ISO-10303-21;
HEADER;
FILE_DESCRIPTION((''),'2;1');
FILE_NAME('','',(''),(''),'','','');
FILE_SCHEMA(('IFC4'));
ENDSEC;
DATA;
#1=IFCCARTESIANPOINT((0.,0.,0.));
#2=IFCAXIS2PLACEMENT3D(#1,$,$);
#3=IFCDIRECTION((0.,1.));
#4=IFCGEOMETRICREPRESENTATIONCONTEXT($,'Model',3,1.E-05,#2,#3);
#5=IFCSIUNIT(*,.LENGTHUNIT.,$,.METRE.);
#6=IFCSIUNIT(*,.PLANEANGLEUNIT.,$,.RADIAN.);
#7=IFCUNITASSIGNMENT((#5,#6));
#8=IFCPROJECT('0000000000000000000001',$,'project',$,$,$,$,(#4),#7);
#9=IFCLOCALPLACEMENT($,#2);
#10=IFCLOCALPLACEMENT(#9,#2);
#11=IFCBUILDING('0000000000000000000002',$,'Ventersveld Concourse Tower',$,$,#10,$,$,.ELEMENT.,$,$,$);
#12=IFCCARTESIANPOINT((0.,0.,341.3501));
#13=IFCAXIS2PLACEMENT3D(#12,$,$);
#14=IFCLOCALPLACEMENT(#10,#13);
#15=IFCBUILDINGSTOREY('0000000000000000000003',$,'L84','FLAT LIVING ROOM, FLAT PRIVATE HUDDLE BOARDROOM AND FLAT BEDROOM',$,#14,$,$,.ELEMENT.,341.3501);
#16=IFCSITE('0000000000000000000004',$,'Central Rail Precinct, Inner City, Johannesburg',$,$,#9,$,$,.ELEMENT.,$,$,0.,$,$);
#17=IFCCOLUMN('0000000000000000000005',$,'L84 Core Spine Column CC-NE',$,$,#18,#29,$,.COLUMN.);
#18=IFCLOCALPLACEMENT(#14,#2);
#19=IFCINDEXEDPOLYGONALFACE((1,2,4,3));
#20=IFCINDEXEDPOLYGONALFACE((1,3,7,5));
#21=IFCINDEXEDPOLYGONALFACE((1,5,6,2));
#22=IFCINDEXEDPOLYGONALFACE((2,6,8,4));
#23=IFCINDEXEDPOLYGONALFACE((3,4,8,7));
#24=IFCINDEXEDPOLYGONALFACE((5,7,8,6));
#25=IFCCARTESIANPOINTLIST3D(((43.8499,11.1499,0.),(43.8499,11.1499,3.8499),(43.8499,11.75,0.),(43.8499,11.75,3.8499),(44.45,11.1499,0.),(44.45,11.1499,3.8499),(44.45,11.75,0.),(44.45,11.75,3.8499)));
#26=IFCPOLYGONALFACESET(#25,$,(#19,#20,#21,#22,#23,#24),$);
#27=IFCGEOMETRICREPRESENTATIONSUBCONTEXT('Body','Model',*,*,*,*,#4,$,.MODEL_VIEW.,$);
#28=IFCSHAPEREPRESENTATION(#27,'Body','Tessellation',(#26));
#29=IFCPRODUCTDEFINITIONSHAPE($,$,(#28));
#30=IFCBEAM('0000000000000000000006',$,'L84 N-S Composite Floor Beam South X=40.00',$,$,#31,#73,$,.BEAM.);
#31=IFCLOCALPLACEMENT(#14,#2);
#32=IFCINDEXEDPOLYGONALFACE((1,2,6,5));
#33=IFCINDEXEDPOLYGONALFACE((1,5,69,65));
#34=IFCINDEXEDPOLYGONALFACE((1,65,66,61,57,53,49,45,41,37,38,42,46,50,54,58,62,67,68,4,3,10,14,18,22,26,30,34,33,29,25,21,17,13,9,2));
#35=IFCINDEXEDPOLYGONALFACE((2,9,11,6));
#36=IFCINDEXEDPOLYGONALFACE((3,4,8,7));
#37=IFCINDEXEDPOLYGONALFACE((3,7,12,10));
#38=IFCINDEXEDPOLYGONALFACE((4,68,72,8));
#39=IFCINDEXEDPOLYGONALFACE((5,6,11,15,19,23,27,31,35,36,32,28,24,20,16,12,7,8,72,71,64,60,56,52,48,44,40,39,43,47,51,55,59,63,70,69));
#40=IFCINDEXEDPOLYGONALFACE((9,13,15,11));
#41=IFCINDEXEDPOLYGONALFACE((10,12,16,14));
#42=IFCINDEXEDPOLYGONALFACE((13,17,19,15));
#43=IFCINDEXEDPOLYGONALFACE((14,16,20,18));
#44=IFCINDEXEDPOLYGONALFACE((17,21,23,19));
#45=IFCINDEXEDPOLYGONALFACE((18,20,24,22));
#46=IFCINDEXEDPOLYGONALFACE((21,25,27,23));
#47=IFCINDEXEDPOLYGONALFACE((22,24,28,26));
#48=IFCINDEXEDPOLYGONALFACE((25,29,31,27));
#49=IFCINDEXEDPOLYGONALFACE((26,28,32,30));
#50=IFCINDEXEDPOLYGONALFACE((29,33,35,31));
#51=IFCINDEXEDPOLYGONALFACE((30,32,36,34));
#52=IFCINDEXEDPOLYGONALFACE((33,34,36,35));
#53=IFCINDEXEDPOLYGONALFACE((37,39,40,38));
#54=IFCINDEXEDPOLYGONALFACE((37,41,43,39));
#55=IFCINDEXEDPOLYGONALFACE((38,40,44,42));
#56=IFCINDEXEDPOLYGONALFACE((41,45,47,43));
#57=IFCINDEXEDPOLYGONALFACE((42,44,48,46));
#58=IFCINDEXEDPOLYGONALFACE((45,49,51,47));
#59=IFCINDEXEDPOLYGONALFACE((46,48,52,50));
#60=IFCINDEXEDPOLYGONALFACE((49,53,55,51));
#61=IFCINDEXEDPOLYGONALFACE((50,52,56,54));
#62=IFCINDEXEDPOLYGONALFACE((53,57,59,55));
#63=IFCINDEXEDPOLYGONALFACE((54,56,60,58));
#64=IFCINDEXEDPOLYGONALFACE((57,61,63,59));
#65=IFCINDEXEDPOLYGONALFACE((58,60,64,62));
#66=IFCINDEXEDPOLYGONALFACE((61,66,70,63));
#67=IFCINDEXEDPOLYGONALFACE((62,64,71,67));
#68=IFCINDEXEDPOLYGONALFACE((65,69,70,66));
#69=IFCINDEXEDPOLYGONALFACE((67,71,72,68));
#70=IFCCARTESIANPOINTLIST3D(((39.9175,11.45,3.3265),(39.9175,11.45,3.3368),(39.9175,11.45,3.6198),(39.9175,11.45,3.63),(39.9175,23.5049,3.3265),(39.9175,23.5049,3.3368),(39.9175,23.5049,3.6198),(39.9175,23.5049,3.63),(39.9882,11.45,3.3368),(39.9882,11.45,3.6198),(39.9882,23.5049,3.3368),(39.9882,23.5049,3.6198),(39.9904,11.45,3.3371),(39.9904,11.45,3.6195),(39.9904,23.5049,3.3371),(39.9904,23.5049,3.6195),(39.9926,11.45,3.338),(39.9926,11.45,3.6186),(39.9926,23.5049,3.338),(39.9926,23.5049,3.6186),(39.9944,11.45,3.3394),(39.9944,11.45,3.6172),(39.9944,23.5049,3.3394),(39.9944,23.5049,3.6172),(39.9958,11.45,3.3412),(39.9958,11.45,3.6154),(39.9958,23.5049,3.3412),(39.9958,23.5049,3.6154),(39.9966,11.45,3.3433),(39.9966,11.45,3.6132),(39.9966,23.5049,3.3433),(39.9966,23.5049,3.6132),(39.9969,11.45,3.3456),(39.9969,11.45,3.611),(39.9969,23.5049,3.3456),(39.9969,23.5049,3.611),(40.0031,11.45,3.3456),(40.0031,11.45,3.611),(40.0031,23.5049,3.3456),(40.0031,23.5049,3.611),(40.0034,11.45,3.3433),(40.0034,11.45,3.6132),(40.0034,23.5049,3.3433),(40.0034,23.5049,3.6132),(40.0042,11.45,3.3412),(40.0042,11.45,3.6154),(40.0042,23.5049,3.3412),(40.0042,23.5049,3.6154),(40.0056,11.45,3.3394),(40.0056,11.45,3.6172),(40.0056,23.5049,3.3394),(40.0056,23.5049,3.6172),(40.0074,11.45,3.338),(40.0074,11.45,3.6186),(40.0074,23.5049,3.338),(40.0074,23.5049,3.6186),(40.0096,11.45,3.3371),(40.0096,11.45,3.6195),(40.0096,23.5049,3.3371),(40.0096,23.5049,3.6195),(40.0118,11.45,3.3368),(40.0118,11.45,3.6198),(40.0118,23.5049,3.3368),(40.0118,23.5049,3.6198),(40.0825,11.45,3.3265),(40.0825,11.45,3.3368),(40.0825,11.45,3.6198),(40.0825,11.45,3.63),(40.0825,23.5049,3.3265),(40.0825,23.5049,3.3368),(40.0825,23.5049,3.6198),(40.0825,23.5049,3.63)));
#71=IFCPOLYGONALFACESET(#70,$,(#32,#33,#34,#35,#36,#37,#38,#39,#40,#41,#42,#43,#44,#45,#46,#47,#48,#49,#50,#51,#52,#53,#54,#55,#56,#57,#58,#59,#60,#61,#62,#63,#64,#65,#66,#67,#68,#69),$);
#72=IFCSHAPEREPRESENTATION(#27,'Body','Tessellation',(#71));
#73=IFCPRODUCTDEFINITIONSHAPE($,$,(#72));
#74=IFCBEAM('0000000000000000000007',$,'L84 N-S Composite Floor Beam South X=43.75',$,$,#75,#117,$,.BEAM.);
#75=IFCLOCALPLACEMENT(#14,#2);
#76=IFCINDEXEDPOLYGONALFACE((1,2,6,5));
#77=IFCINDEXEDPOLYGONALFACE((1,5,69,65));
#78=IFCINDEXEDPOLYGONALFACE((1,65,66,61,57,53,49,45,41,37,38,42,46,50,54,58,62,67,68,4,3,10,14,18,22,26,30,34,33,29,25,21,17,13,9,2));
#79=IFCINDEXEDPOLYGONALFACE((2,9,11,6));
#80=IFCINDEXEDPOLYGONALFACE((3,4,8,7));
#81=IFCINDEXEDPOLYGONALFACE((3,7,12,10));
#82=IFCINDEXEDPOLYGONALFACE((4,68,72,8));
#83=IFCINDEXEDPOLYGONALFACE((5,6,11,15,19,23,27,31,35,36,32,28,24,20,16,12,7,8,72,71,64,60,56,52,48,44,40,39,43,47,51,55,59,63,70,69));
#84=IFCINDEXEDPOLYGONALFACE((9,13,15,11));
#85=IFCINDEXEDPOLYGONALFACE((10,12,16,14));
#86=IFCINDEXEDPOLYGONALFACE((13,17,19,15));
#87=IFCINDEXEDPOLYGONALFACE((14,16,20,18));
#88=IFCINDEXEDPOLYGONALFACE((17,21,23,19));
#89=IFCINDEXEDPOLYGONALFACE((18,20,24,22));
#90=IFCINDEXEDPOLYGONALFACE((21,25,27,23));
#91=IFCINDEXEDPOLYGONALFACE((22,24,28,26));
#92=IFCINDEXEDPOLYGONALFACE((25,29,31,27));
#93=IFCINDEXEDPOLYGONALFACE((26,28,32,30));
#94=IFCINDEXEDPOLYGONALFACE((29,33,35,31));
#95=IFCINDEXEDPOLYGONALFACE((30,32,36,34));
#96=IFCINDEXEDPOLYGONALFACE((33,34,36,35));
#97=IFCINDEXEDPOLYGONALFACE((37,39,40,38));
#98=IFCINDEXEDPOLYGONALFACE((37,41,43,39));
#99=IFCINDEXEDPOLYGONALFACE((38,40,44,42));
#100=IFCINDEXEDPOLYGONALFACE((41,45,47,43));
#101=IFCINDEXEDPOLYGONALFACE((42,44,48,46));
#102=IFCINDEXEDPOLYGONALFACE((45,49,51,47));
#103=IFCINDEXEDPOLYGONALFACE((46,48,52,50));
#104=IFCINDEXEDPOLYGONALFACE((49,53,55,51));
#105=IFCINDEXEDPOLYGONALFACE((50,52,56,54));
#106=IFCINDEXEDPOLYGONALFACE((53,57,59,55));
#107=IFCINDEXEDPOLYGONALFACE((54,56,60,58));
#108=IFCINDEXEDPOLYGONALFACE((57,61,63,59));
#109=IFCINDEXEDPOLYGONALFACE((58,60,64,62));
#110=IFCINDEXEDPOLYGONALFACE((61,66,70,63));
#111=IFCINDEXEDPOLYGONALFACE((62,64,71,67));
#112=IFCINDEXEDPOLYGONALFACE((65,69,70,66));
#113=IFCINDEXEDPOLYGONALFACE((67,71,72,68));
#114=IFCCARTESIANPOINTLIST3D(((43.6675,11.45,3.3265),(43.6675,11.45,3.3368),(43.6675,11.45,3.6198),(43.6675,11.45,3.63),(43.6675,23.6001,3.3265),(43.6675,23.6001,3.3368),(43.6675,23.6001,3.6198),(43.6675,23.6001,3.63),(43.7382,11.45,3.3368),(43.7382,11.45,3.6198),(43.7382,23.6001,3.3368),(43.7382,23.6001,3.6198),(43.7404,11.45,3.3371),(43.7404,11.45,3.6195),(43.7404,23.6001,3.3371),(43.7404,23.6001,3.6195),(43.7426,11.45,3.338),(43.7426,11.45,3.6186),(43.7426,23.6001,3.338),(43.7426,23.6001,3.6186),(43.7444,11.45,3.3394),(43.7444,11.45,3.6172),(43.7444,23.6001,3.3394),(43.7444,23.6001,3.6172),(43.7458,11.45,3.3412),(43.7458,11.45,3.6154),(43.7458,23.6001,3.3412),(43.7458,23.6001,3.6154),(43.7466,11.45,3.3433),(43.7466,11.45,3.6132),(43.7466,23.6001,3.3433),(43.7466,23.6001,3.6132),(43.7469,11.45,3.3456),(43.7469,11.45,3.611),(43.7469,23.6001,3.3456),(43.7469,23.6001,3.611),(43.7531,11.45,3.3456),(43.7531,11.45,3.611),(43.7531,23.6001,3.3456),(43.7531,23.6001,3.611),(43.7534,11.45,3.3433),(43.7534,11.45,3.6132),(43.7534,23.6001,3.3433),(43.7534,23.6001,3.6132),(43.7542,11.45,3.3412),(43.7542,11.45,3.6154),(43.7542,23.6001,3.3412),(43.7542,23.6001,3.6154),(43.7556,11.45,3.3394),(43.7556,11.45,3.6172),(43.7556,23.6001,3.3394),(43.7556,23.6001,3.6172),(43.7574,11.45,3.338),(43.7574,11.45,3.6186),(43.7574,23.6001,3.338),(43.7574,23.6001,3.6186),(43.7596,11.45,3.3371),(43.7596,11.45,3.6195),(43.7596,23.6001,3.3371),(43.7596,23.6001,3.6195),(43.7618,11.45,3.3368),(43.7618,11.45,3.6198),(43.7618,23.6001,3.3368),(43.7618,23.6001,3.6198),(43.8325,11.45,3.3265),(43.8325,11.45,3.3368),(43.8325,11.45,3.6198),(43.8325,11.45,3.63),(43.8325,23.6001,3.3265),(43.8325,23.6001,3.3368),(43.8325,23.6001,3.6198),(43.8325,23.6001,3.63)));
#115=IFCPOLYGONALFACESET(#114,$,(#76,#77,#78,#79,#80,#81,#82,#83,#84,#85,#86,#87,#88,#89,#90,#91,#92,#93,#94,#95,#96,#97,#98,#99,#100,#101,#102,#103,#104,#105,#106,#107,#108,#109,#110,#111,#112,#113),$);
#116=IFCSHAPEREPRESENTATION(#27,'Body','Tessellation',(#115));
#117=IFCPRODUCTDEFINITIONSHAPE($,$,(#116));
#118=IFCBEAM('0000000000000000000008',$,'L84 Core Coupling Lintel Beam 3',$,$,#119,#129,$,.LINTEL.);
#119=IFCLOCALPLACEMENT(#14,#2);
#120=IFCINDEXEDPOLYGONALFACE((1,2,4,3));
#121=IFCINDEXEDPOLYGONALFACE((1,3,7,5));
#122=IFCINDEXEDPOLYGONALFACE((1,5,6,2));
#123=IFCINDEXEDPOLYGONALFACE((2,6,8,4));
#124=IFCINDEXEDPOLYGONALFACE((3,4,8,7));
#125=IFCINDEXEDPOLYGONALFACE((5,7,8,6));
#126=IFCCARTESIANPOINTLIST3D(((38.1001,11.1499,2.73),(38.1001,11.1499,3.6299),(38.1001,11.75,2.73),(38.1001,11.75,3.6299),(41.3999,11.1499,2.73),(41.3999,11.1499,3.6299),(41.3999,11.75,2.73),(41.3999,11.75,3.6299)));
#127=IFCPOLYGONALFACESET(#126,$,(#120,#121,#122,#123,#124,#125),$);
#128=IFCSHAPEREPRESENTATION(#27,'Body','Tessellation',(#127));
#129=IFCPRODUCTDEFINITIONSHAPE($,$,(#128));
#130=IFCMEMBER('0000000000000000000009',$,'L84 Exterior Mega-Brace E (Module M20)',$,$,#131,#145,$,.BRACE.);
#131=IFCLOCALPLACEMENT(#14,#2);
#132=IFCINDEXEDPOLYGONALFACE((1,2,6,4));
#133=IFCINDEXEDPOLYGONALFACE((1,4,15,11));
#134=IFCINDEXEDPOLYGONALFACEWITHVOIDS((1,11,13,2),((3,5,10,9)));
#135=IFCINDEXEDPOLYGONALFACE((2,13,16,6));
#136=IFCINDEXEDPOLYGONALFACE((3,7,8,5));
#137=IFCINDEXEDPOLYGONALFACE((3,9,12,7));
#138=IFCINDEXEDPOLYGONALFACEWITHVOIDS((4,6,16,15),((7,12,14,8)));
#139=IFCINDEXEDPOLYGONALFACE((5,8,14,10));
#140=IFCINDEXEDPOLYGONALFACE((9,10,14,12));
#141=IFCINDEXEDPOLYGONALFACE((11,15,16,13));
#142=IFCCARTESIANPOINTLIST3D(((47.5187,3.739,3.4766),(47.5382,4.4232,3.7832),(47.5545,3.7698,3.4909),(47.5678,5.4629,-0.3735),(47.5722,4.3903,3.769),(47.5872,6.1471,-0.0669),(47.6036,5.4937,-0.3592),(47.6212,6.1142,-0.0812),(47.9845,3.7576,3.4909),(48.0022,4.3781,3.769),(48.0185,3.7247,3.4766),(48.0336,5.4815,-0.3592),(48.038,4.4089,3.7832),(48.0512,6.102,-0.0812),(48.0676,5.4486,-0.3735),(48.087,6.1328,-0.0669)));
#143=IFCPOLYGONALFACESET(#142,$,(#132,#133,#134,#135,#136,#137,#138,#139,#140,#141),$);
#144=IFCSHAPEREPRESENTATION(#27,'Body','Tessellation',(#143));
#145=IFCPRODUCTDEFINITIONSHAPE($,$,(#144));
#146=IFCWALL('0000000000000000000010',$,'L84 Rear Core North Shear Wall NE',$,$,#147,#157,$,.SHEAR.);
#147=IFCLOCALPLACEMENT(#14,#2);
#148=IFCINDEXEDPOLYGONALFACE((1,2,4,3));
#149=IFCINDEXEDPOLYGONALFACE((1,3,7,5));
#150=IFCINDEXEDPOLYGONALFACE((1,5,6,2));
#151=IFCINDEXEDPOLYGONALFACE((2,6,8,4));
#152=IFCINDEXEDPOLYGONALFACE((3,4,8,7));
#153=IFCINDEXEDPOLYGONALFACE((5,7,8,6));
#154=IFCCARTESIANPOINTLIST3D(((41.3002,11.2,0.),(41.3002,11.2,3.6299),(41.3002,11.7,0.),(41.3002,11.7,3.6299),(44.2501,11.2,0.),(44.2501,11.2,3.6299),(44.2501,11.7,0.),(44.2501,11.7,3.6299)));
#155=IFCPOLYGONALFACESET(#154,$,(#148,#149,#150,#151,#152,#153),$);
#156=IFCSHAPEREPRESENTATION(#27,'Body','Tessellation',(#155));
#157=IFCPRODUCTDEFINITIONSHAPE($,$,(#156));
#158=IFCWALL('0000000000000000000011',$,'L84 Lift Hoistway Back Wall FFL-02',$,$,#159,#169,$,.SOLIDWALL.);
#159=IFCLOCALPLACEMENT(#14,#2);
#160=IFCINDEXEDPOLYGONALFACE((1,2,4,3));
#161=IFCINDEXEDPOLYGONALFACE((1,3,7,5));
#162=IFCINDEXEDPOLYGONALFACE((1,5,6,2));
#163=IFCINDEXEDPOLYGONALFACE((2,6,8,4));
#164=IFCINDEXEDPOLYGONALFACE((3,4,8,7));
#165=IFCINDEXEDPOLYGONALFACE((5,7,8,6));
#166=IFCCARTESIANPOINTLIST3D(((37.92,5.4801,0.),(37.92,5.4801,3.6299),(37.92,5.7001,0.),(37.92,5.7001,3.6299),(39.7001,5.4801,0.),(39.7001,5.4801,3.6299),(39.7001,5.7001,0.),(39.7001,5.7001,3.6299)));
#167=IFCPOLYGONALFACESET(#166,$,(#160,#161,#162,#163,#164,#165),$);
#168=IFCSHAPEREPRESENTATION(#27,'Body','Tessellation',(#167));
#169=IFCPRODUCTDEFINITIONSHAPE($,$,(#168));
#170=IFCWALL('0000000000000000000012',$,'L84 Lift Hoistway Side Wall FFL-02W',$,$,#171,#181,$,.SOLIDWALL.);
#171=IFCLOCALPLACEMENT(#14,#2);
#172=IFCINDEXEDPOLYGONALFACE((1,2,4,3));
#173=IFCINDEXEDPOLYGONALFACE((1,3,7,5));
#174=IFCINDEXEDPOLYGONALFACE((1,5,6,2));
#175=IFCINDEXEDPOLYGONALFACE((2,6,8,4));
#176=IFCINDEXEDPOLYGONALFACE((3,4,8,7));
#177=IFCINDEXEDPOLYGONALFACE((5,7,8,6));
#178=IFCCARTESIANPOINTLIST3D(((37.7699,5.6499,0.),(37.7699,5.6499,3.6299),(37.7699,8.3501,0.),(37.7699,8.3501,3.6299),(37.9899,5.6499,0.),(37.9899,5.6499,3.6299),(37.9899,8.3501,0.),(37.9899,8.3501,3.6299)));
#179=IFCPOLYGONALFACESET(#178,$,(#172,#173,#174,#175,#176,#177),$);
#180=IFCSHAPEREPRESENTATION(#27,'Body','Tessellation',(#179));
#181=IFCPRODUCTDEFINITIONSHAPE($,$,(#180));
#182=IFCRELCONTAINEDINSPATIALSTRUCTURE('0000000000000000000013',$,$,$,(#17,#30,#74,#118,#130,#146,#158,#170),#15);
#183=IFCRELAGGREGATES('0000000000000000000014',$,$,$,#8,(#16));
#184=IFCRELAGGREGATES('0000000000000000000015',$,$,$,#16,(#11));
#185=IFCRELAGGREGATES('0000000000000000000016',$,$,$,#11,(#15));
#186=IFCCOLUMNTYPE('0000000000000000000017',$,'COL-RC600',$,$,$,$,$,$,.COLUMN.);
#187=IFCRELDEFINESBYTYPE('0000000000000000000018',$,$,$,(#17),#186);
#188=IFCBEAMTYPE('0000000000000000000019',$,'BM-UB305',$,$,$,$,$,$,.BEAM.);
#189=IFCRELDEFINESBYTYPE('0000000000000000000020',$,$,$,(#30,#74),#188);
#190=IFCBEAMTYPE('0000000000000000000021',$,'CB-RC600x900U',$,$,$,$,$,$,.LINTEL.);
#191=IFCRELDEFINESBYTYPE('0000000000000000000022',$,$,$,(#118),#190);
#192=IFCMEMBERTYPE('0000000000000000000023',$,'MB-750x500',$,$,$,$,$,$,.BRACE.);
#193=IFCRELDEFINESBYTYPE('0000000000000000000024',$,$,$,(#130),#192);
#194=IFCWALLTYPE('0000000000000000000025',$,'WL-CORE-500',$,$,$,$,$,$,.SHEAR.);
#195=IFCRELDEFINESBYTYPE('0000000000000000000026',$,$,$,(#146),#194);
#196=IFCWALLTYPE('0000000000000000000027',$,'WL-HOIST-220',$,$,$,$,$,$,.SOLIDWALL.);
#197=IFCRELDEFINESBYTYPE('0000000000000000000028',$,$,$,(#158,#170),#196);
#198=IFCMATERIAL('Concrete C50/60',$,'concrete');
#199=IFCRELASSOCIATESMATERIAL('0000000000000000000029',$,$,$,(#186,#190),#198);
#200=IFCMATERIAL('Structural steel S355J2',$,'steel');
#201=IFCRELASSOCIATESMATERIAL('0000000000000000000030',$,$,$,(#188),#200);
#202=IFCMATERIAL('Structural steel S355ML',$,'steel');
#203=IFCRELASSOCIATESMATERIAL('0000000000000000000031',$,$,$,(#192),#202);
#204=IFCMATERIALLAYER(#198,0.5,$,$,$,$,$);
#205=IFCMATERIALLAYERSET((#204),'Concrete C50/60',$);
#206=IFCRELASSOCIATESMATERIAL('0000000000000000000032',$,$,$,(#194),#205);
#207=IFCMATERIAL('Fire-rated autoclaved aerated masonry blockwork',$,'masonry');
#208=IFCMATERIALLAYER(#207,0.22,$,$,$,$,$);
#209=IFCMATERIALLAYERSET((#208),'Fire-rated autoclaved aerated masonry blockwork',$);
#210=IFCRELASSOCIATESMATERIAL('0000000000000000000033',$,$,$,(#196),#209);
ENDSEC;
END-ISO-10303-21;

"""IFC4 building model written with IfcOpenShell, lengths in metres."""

from ifc_helpers import new_model, si_unit, direction, frame, frame_2d, origin, origin_2d, place, context, subcontext, project, spatial, rectangle, hollow_rectangle, i_section, extrude, material, layer, layer_set, material_profile, profile_set, type_object, element, save


model = new_model("IFC4")

# Units and contexts
model_context = context("Model", 3, precision=1e-05, world=origin(), true_north=direction((0.0, 1.0)))
body_context = subcontext(model_context, "Body", "Model", "MODEL_VIEW")
ifc_project = project(units=[si_unit("LENGTHUNIT", "METRE"), si_unit("PLANEANGLEUNIT", "RADIAN")], contexts=[model_context])

# Site, building, storey
site_placement = place(None, origin())
site = spatial("IfcSite", under=ifc_project, at=site_placement, Name="Central Rail Precinct, Inner City, Johannesburg", CompositionType="ELEMENT", RefElevation=0.0)
building_placement = place(site_placement, origin())
building = spatial("IfcBuilding", under=site, at=building_placement, Name="Ventersveld Concourse Tower", CompositionType="ELEMENT")
storey_placement = place(building_placement, frame((0.0, 0.0, 341.3501)))
storey = spatial("IfcBuildingStorey", under=building, at=storey_placement, Name="L84", Description="FLAT LIVING ROOM, FLAT PRIVATE HUDDLE BOARDROOM AND FLAT BEDROOM", CompositionType="ELEMENT", Elevation=341.3501)

# Column
ifc_material_1 = material(Name="Concrete C50/60", Category="concrete")
ifc_material_profile_1 = material_profile(ifc_material_1, rectangle(XDim=0.6001, YDim=0.6001, at=origin_2d()), Name="RC 600x600")
ifc_profile_set_1 = profile_set([ifc_material_profile_1], Name="Concrete C50/60")
column_type = type_object("IfcColumnType", Name="COL-RC600", PredefinedType="COLUMN", material=ifc_profile_set_1)
column_placement = place(storey_placement, frame((44.1499, 11.45, 0.0), z_axis=(0.0, 0.0, 1.0), x_axis=(1.0, 0.0, 0.0)))
element("IfcColumn", 1, at=column_placement, inside=storey, type_object=column_type, Name="L84 Core Spine Column CC-NE", PredefinedType="COLUMN", context=body_context, shape_type="SweptSolid", body=[
    extrude(rectangle(XDim=0.6001, YDim=0.6001, at=origin_2d()), origin(), (0.0, 0.0, 1.0), 3.8499),
])

# Beams
ifc_material_2 = material(Name="Structural steel S355J2", Category="steel")
ifc_material_profile_2 = material_profile(ifc_material_2, i_section(OverallWidth=0.165, OverallDepth=0.3035, WebThickness=0.0061, FlangeThickness=0.0103, FilletRadius=0.0088, at=origin_2d()), Name="UB 305x165x40")
ifc_profile_set_2 = profile_set([ifc_material_profile_2], Name="Structural steel S355J2")
beam_type_1 = type_object("IfcBeamType", Name="BM-UB305", PredefinedType="BEAM", material=ifc_profile_set_2)
beam_1_placement = place(storey_placement, frame((40.0, 11.45, 3.4783), z_axis=(0.0, 1.0, 0.0), x_axis=(-1.0, 0.0, 0.0)))
element("IfcBeam", 2, at=beam_1_placement, inside=storey, type_object=beam_type_1, Name="L84 N-S Composite Floor Beam South X=40.00", PredefinedType="BEAM", context=body_context, shape_type="SweptSolid", body=[
    extrude(i_section(OverallWidth=0.165, OverallDepth=0.3035, WebThickness=0.0061, FlangeThickness=0.0103, FilletRadius=0.0088, at=origin_2d()), origin(), (0.0, 0.0, 1.0), 12.0549),
])
beam_2_placement = place(storey_placement, frame((43.75, 11.45, 3.4783), z_axis=(0.0, 1.0, 0.0), x_axis=(-1.0, 0.0, 0.0)))
element("IfcBeam", 3, at=beam_2_placement, inside=storey, type_object=beam_type_1, Name="L84 N-S Composite Floor Beam South X=43.75", PredefinedType="BEAM", context=body_context, shape_type="SweptSolid", body=[
    extrude(i_section(OverallWidth=0.165, OverallDepth=0.3035, WebThickness=0.0061, FlangeThickness=0.0103, FilletRadius=0.0088, at=origin_2d()), origin(), (0.0, 0.0, 1.0), 12.1501),
])
ifc_material_profile_3 = material_profile(ifc_material_1, rectangle(XDim=0.6001, YDim=0.8999, at=origin_2d()), Name="RC 600x900")
ifc_profile_set_3 = profile_set([ifc_material_profile_3], Name="Concrete C50/60")
beam_type_2 = type_object("IfcBeamType", Name="CB-RC600x900U", PredefinedType="LINTEL", material=ifc_profile_set_3)
beam_3_placement = place(storey_placement, frame((38.1001, 11.45, 3.1799), z_axis=(1.0, 0.0, 0.0), x_axis=(0.0, 1.0, 0.0)))
element("IfcBeam", 4, at=beam_3_placement, inside=storey, type_object=beam_type_2, Name="L84 Core Coupling Lintel Beam 3", PredefinedType="LINTEL", context=body_context, shape_type="SweptSolid", body=[
    extrude(rectangle(XDim=0.6001, YDim=0.8999, at=origin_2d()), origin(), (0.0, 0.0, 1.0), 3.2998),
])

# Member
ifc_material_3 = material(Name="Structural steel S355ML", Category="steel")
ifc_material_profile_4 = material_profile(ifc_material_3, hollow_rectangle(XDim=0.5, YDim=0.75, WallThickness=0.0349, at=origin_2d()), Name="BOX 750x500x35")
ifc_profile_set_4 = profile_set([ifc_material_profile_4], Name="Structural steel S355ML")
member_type = type_object("IfcMemberType", Name="MB-750x500", PredefinedType="BRACE", material=ifc_profile_set_4)
member_placement = place(storey_placement, frame((47.8274, 5.7979, -0.2202), z_axis=(-0.011632, -0.408628, 0.912627), x_axis=(0.999595, -0.028455, 0.0)))
element("IfcMember", 5, at=member_placement, inside=storey, type_object=member_type, Name="L84 Exterior Mega-Brace E (Module M20)", PredefinedType="BRACE", context=body_context, shape_type="SweptSolid", body=[
    extrude(hollow_rectangle(XDim=0.5, YDim=0.75, WallThickness=0.0349, at=origin_2d()), origin(), (0.0, 0.0, 1.0), 4.2188),
])

# Wall
ifc_layer_1 = layer(ifc_material_1, 0.5)
ifc_layer_set_1 = layer_set([ifc_layer_1], Name="Concrete C50/60")
wall_type_1 = type_object("IfcWallType", Name="WL-CORE-500", PredefinedType="SHEAR", material=ifc_layer_set_1)
wall_1_placement = place(storey_placement, frame((41.3, 11.45, 0.0), z_axis=(0.0, 0.0, 1.0), x_axis=(1.0, 0.0, 0.0)))
element("IfcWall", 6, at=wall_1_placement, inside=storey, type_object=wall_type_1, Name="L84 Rear Core North Shear Wall NE", PredefinedType="SHEAR", context=body_context, shape_type="SweptSolid", body=[
    extrude(rectangle(XDim=2.95, YDim=0.5, at=frame_2d((1.4751, 0.0))), origin(), (0.0, 0.0, 1.0), 3.6299),
])

# Shared definitions
ifc_material_4 = material(Name="Fire-rated autoclaved aerated masonry blockwork", Category="masonry")

# Walls
ifc_layer_2 = layer(ifc_material_4, 0.22)
ifc_layer_set_2 = layer_set([ifc_layer_2], Name="Fire-rated autoclaved aerated masonry blockwork")
wall_type_2 = type_object("IfcWallType", Name="WL-HOIST-220", PredefinedType="SOLIDWALL", material=ifc_layer_set_2)
wall_2_placement = place(storey_placement, frame((37.9199, 5.5901, 0.0), z_axis=(0.0, 0.0, 1.0), x_axis=(1.0, 0.0, 0.0)))
element("IfcWall", 7, at=wall_2_placement, inside=storey, type_object=wall_type_2, Name="L84 Lift Hoistway Back Wall FFL-02", PredefinedType="SOLIDWALL", context=body_context, shape_type="SweptSolid", body=[
    extrude(rectangle(XDim=1.78, YDim=0.22, at=frame_2d((0.8901, 0.0))), origin(), (0.0, 0.0, 1.0), 3.6299),
])
wall_3_placement = place(storey_placement, frame((37.8799, 5.6499, 0.0), z_axis=(0.0, 0.0, 1.0), x_axis=(0.0, 1.0, 0.0)))
element("IfcWall", 8, at=wall_3_placement, inside=storey, type_object=wall_type_2, Name="L84 Lift Hoistway Side Wall FFL-02W", PredefinedType="SOLIDWALL", context=body_context, shape_type="SweptSolid", body=[
    extrude(rectangle(XDim=2.7002, YDim=0.22, at=frame_2d((1.3501, 0.0))), origin(), (0.0, 0.0, 1.0), 3.6299),
])

save(model, "model.ifc")
